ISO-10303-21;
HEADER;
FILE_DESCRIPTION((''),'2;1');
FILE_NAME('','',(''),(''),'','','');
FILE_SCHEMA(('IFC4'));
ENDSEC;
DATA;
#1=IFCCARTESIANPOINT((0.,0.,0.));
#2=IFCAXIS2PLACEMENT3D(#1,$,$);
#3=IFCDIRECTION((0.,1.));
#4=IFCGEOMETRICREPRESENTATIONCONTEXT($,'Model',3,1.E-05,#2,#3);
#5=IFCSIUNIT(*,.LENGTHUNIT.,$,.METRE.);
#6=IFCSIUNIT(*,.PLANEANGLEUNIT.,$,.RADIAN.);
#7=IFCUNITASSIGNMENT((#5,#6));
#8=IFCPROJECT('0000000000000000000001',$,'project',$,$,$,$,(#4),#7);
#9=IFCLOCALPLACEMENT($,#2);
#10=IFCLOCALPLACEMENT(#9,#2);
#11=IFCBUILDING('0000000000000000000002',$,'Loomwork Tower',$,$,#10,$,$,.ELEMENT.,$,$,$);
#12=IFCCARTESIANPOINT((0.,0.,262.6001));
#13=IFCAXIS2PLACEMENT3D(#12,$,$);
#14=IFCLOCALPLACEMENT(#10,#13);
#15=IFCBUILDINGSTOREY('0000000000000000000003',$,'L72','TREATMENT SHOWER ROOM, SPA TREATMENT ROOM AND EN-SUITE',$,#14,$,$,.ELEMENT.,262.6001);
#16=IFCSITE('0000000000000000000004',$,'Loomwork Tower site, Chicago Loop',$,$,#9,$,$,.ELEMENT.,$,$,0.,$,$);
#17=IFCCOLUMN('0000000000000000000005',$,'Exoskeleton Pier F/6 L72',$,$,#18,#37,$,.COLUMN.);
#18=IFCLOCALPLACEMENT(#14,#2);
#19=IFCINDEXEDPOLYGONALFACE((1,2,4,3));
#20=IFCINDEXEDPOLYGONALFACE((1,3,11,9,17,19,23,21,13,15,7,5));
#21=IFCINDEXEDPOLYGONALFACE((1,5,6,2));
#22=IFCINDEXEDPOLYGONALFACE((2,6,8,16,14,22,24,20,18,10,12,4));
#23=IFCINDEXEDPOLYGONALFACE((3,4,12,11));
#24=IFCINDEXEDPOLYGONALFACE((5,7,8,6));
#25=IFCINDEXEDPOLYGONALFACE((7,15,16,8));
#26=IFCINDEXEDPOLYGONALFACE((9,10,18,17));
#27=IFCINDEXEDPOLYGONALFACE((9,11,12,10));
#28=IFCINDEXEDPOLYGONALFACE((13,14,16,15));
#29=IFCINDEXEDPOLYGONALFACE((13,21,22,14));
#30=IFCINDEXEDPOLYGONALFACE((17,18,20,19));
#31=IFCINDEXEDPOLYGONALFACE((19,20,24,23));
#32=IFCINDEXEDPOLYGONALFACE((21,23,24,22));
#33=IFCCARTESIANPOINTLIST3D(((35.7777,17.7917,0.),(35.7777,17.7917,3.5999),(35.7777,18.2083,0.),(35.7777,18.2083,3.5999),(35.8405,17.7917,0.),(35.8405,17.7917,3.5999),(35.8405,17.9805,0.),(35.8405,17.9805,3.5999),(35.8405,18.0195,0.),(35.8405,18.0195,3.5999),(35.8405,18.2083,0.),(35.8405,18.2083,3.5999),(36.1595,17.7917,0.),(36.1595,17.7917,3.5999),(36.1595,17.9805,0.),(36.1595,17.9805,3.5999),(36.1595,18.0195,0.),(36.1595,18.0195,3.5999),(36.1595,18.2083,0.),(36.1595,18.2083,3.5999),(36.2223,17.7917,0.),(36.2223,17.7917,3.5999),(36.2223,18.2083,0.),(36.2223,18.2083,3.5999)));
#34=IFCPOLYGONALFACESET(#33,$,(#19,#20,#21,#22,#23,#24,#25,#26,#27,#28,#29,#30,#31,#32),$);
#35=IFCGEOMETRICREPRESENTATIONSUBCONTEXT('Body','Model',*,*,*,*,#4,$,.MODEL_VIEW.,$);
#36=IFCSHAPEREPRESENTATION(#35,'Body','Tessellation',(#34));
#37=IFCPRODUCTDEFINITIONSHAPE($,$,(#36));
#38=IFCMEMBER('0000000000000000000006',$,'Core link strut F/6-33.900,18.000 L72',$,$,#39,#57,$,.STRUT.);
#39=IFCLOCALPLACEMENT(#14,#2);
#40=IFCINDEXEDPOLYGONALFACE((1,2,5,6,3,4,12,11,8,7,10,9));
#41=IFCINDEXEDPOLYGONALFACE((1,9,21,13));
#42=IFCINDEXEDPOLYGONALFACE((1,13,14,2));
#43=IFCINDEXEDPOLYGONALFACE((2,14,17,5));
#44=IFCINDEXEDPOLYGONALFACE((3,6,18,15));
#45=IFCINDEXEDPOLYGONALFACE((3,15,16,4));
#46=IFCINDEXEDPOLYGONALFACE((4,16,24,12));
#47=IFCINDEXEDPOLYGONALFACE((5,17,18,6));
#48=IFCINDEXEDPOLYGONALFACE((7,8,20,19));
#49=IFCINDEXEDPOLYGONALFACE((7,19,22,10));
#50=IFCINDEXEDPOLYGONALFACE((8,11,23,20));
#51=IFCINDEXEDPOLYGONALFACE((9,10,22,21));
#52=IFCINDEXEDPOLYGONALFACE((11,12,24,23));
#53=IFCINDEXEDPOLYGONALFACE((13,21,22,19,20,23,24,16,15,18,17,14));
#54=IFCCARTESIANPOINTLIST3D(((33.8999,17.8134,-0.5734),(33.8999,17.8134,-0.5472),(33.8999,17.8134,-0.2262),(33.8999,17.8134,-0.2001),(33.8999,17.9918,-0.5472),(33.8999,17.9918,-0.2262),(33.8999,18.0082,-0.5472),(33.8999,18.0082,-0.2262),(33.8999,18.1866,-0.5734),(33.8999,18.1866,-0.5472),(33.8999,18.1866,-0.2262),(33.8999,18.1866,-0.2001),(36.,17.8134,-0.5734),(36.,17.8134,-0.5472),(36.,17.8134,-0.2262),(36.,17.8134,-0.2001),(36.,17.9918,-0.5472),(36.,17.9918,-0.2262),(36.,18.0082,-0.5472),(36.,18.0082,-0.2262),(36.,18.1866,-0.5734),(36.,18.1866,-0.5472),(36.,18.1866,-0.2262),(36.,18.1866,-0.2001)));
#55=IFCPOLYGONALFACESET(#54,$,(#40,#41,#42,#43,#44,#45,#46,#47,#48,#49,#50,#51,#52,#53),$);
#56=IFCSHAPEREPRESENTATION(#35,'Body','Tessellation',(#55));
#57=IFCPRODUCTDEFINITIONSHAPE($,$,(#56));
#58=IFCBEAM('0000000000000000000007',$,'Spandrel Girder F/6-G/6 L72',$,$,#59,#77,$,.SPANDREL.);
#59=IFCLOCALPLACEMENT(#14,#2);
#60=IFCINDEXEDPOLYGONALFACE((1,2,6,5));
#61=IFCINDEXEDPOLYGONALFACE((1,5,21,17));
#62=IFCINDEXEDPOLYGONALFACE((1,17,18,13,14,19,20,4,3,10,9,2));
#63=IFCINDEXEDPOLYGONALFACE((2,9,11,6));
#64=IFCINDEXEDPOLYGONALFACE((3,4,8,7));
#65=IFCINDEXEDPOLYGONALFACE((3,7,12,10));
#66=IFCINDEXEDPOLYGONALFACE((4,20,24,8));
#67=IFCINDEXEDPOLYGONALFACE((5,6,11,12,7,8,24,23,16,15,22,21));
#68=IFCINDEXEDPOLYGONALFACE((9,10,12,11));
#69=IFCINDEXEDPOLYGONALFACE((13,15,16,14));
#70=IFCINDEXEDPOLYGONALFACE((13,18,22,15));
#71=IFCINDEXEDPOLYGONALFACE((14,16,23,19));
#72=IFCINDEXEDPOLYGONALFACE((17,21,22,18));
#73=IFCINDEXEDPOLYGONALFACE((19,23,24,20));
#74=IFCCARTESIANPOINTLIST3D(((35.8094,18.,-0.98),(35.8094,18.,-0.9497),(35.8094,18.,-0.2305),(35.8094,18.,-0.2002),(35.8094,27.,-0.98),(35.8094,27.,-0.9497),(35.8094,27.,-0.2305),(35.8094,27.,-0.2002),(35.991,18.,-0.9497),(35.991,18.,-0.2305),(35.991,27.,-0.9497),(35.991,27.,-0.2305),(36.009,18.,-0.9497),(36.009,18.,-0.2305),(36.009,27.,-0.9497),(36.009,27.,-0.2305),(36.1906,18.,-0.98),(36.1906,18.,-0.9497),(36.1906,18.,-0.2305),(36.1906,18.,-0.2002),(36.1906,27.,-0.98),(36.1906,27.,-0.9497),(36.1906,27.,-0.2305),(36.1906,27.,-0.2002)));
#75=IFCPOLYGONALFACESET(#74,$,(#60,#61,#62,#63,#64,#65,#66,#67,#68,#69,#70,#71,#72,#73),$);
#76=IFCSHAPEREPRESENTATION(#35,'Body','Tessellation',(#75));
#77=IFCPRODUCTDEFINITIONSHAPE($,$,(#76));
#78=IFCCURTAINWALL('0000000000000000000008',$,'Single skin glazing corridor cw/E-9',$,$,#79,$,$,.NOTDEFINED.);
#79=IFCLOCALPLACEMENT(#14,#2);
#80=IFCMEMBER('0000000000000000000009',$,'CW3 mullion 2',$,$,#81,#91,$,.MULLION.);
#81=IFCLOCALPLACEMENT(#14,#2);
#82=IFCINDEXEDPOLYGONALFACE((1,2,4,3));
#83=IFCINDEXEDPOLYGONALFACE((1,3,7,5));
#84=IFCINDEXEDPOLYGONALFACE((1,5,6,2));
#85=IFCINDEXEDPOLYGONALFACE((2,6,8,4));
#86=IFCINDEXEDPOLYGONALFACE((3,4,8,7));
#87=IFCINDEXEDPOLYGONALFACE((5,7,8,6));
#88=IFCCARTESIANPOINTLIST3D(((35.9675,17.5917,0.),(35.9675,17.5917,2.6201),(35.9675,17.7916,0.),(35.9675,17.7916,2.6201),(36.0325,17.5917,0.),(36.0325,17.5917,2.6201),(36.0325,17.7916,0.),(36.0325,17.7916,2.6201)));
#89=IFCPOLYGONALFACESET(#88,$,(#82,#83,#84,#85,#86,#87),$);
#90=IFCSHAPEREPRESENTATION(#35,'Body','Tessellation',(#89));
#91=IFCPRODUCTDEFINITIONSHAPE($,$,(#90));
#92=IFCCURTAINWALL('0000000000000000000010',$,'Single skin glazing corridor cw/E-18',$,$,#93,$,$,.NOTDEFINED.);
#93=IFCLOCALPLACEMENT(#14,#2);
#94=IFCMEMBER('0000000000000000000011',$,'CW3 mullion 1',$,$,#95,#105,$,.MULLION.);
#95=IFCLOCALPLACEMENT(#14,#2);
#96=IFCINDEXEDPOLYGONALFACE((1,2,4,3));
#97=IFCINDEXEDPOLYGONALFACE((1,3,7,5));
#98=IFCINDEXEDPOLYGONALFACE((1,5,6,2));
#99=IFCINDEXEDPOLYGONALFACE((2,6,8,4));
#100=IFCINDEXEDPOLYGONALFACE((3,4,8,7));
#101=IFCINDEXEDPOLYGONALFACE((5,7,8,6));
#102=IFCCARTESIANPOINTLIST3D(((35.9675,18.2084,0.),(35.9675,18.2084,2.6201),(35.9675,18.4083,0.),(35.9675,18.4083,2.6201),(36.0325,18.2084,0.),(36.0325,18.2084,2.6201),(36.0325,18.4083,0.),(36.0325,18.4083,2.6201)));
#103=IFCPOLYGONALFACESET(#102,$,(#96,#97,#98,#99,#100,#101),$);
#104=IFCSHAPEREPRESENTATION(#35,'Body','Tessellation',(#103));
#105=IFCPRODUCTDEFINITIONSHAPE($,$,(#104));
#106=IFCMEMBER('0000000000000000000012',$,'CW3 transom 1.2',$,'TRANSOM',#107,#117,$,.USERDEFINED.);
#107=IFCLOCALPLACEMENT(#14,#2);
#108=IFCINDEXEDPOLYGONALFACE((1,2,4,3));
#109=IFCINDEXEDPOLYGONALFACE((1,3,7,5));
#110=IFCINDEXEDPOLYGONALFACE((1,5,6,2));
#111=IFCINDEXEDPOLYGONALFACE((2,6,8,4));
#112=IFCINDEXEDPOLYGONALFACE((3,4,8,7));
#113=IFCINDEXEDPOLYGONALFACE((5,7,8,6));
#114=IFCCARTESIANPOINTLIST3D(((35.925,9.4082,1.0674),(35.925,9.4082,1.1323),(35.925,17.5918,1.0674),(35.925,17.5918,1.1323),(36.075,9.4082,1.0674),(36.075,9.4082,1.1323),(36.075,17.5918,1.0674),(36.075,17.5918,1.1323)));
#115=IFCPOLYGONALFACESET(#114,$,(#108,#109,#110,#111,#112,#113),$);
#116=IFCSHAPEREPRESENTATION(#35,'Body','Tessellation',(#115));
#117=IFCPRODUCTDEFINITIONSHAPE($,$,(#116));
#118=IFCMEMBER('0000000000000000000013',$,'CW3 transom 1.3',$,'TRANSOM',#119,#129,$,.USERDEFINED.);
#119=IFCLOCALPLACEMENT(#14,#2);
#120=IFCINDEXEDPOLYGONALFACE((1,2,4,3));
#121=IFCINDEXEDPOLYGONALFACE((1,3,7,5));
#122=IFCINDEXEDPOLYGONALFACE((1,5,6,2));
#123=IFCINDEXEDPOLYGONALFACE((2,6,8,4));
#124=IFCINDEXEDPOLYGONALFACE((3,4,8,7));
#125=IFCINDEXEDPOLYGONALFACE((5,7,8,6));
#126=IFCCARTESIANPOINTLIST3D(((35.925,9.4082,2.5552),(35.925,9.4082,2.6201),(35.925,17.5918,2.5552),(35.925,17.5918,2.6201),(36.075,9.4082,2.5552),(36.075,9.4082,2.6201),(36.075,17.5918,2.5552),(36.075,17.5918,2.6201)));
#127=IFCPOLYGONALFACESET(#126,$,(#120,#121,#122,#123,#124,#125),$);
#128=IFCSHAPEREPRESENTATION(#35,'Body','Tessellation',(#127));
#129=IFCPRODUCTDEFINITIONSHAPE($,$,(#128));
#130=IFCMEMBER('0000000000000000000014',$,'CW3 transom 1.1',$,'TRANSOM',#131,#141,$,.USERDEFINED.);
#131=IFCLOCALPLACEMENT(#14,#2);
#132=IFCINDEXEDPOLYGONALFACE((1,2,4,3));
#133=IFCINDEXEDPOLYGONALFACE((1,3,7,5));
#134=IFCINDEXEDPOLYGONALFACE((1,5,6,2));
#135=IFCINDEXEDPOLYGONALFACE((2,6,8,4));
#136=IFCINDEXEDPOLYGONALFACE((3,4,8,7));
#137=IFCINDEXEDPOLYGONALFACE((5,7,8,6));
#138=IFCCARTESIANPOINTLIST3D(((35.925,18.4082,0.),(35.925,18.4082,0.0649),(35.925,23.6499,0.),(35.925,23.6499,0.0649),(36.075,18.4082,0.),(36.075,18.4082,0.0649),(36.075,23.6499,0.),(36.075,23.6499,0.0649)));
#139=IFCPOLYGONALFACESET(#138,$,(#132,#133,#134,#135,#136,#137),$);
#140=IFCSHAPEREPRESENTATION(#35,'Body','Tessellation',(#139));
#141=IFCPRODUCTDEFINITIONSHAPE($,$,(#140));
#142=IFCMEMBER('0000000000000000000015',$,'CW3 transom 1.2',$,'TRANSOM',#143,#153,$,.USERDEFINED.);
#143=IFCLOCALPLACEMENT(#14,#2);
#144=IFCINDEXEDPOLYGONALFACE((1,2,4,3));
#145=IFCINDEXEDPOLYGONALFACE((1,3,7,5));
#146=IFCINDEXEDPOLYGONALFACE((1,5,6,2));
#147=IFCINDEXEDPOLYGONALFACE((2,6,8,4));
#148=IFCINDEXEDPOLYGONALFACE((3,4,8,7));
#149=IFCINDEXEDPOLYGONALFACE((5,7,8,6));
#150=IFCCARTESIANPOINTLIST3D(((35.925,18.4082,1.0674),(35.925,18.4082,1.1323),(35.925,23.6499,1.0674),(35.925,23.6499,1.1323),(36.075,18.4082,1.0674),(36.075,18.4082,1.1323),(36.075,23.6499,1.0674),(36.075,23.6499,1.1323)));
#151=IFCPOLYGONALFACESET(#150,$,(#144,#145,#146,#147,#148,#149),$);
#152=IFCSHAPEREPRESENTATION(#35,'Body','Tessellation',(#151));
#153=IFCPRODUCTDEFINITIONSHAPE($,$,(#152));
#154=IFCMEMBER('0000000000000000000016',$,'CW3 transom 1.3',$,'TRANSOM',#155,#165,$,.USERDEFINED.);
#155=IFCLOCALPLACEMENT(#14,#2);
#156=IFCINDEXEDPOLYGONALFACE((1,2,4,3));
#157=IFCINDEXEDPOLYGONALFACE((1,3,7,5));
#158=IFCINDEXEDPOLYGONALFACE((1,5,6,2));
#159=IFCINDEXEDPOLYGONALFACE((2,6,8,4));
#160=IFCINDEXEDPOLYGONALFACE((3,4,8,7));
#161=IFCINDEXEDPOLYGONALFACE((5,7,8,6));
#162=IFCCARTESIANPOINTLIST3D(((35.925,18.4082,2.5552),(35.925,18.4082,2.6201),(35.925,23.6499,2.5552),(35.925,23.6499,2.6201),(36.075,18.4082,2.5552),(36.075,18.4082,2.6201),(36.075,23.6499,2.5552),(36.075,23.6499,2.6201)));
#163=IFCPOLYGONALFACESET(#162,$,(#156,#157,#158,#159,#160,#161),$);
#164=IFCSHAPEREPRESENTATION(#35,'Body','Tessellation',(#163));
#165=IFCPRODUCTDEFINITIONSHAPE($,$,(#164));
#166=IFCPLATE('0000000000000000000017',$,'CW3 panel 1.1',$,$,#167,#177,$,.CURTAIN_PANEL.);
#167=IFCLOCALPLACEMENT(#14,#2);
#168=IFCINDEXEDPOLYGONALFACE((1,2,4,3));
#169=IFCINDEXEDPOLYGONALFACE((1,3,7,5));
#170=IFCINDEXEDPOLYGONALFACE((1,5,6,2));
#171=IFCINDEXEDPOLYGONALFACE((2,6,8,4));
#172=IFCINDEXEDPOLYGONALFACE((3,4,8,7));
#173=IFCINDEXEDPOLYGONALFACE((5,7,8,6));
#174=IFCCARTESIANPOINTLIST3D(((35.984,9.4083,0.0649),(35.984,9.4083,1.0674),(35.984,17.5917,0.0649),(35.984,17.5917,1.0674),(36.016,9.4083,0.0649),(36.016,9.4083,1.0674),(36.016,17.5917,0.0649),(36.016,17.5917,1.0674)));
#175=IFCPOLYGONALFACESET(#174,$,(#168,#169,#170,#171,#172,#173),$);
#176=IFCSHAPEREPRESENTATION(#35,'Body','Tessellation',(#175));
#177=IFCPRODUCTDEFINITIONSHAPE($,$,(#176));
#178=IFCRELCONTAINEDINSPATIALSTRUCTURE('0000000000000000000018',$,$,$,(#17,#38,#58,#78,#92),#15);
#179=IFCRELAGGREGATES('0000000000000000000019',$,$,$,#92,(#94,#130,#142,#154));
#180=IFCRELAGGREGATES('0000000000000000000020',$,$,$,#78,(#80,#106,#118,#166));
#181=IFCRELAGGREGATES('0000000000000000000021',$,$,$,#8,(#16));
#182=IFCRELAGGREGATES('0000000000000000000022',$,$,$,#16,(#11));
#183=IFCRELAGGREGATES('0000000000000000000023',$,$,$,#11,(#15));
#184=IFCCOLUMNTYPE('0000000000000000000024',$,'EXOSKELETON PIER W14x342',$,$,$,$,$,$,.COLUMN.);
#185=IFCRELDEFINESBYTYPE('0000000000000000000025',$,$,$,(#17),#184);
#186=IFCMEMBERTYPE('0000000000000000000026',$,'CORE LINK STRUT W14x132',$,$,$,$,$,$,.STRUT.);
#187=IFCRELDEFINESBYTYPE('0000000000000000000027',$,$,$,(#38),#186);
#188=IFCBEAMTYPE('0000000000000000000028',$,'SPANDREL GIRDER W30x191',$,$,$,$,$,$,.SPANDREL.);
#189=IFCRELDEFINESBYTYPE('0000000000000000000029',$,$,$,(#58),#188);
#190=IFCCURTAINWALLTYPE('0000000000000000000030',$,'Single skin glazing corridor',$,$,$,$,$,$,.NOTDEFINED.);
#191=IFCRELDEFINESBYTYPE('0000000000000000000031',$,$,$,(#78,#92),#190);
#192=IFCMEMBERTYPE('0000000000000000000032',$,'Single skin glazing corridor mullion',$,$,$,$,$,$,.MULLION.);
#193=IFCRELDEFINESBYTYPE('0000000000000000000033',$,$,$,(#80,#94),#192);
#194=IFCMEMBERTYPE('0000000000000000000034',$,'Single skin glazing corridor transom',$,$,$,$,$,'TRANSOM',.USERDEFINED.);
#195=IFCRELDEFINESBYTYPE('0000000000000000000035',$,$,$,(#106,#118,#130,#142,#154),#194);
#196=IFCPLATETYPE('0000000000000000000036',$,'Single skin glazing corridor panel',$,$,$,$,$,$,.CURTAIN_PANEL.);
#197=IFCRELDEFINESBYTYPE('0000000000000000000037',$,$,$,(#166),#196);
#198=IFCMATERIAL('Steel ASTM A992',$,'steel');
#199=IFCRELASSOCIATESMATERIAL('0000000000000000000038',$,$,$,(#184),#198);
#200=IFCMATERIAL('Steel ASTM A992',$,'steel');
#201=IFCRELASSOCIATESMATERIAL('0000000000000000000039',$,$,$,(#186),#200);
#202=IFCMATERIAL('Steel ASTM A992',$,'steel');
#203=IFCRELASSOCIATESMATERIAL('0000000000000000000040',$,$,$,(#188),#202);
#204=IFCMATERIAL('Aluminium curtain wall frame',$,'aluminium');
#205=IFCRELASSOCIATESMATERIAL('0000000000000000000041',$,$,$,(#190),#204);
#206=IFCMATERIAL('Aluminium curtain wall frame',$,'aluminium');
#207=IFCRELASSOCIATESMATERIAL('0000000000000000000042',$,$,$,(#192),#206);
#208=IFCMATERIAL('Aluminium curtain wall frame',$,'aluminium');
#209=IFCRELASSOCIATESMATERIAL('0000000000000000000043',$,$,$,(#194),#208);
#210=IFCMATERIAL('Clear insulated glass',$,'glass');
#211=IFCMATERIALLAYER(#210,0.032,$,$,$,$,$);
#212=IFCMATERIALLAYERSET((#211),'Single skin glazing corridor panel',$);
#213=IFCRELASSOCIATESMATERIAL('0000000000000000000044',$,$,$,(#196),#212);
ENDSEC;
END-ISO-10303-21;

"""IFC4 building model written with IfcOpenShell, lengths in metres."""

from ifc_helpers import new_model, si_unit, direction, frame, origin, origin_2d, place, context, subcontext, project, spatial, rectangle, i_section, extrude, material, layer, layer_set, material_profile, profile_set, type_object, element, aggregate, save


model = new_model("IFC4")

# Units and contexts
model_context = context("Model", 3, precision=1e-05, world=origin(), true_north=direction((0.0, 1.0)))
body_context = subcontext(model_context, "Body", "Model", "MODEL_VIEW")
ifc_project = project(units=[si_unit("LENGTHUNIT", "METRE"), si_unit("PLANEANGLEUNIT", "RADIAN")], contexts=[model_context])

# Site, building, storey
site_placement = place(None, origin())
site = spatial("IfcSite", under=ifc_project, at=site_placement, Name="Loomwork Tower site, Chicago Loop", CompositionType="ELEMENT", RefElevation=0.0)
building_placement = place(site_placement, origin())
building = spatial("IfcBuilding", under=site, at=building_placement, Name="Loomwork Tower", CompositionType="ELEMENT")
storey_placement = place(building_placement, frame((0.0, 0.0, 262.6001)))
storey = spatial("IfcBuildingStorey", under=building, at=storey_placement, Name="L72", Description="TREATMENT SHOWER ROOM, SPA TREATMENT ROOM AND EN-SUITE", CompositionType="ELEMENT", Elevation=262.6001)

# Column
ifc_material_1 = material(Name="Steel ASTM A992", Category="steel")
ifc_material_profile_1 = material_profile(ifc_material_1, i_section(OverallWidth=0.4165, OverallDepth=0.4446, WebThickness=0.0391, FlangeThickness=0.0627, at=origin_2d()), Name="W14x342")
ifc_profile_set_1 = profile_set([ifc_material_profile_1], Name="Steel ASTM A992")
column_type = type_object("IfcColumnType", Name="EXOSKELETON PIER W14x342", PredefinedType="COLUMN", material=ifc_profile_set_1)
column_placement = place(storey_placement, frame((36.0, 18.0, 0.0), z_axis=(0.0, 0.0, 1.0), x_axis=(0.0, 1.0, 0.0)))
element("IfcColumn", 1, at=column_placement, inside=storey, type_object=column_type, Name="Exoskeleton Pier F/6 L72", PredefinedType="COLUMN", context=body_context, shape_type="SweptSolid", body=[
    extrude(i_section(OverallWidth=0.4165, OverallDepth=0.4446, WebThickness=0.0391, FlangeThickness=0.0627, at=origin_2d()), origin(), (0.0, 0.0, 1.0), 3.5999),
])

# Member
ifc_material_2 = material(Name="Steel ASTM A992", Category="steel")
ifc_material_profile_2 = material_profile(ifc_material_2, i_section(OverallWidth=0.3733, OverallDepth=0.3733, WebThickness=0.0164, FlangeThickness=0.0261, at=origin_2d()), Name="W14x132")
ifc_profile_set_2 = profile_set([ifc_material_profile_2], Name="Steel ASTM A992")
member_type_1 = type_object("IfcMemberType", Name="CORE LINK STRUT W14x132", PredefinedType="STRUT", material=ifc_profile_set_2)
member_1_placement = place(storey_placement, frame((36.0, 18.0, -0.3867), z_axis=(-1.0, 0.0, 0.0), x_axis=(0.0, -1.0, 0.0)))
element("IfcMember", 2, at=member_1_placement, inside=storey, type_object=member_type_1, Name="Core link strut F/6-33.900,18.000 L72", PredefinedType="STRUT", context=body_context, shape_type="SweptSolid", body=[
    extrude(i_section(OverallWidth=0.3733, OverallDepth=0.3733, WebThickness=0.0164, FlangeThickness=0.0261, at=origin_2d()), origin(), (0.0, 0.0, 1.0), 2.1001),
])

# Beam
ifc_material_3 = material(Name="Steel ASTM A992", Category="steel")
ifc_material_profile_3 = material_profile(ifc_material_3, i_section(OverallWidth=0.3811, OverallDepth=0.7798, WebThickness=0.0181, FlangeThickness=0.0303, at=origin_2d()), Name="W30x191")
ifc_profile_set_3 = profile_set([ifc_material_profile_3], Name="Steel ASTM A992")
beam_type = type_object("IfcBeamType", Name="SPANDREL GIRDER W30x191", PredefinedType="SPANDREL", material=ifc_profile_set_3)
beam_placement = place(storey_placement, frame((36.0, 18.0, -0.5901), z_axis=(0.0, 1.0, 0.0), x_axis=(-1.0, 0.0, 0.0)))
element("IfcBeam", 3, at=beam_placement, inside=storey, type_object=beam_type, Name="Spandrel Girder F/6-G/6 L72", PredefinedType="SPANDREL", context=body_context, shape_type="SweptSolid", body=[
    extrude(i_section(OverallWidth=0.3811, OverallDepth=0.7798, WebThickness=0.0181, FlangeThickness=0.0303, at=origin_2d()), origin(), (0.0, 0.0, 1.0), 9.0),
])

# Curtain walls, members
ifc_material_4 = material(Name="Aluminium curtain wall frame", Category="aluminium")
curtain_wall_type = type_object("IfcCurtainWallType", Name="Single skin glazing corridor", PredefinedType="NOTDEFINED", material=ifc_material_4)
curtain_wall_1_placement = place(storey_placement, origin())
curtain_wall_1 = element("IfcCurtainWall", 4, at=curtain_wall_1_placement, inside=storey, type_object=curtain_wall_type, Name="Single skin glazing corridor cw/E-9", PredefinedType="NOTDEFINED")
ifc_material_5 = material(Name="Aluminium curtain wall frame", Category="aluminium")
ifc_material_profile_4 = material_profile(ifc_material_5, rectangle(XDim=0.0649, YDim=0.2, at=origin_2d()), Name="AL 65x200")
ifc_profile_set_4 = profile_set([ifc_material_profile_4], Name="Aluminium curtain wall frame")
member_type_2 = type_object("IfcMemberType", Name="Single skin glazing corridor mullion", PredefinedType="MULLION", material=ifc_profile_set_4)
member_2_placement = place(storey_placement, frame((36.0, 17.6917, 0.0), z_axis=(0.0, 0.0, 1.0), x_axis=(-1.0, 0.0, 0.0)))
member_2 = element("IfcMember", 5, at=member_2_placement, type_object=member_type_2, Name="CW3 mullion 2", PredefinedType="MULLION", context=body_context, shape_type="SweptSolid", body=[
    extrude(rectangle(XDim=0.0649, YDim=0.2, at=origin_2d()), origin(), (0.0, 0.0, 1.0), 2.6201),
])
curtain_wall_2_placement = place(storey_placement, origin())
curtain_wall_2 = element("IfcCurtainWall", 6, at=curtain_wall_2_placement, inside=storey, type_object=curtain_wall_type, Name="Single skin glazing corridor cw/E-18", PredefinedType="NOTDEFINED")
member_3_placement = place(storey_placement, frame((36.0, 18.3083, 0.0), z_axis=(0.0, 0.0, 1.0), x_axis=(-1.0, 0.0, 0.0)))
member_3 = element("IfcMember", 7, at=member_3_placement, type_object=member_type_2, Name="CW3 mullion 1", PredefinedType="MULLION", context=body_context, shape_type="SweptSolid", body=[
    extrude(rectangle(XDim=0.0649, YDim=0.2, at=origin_2d()), origin(), (0.0, 0.0, 1.0), 2.6201),
])

# Members
ifc_material_6 = material(Name="Aluminium curtain wall frame", Category="aluminium")
ifc_material_profile_5 = material_profile(ifc_material_6, rectangle(XDim=0.1499, YDim=0.0649, at=origin_2d()), Name="AL 65x150")
ifc_profile_set_5 = profile_set([ifc_material_profile_5], Name="Aluminium curtain wall frame")
member_type_3 = type_object("IfcMemberType", Name="Single skin glazing corridor transom", ElementType="TRANSOM", PredefinedType="USERDEFINED", material=ifc_profile_set_5)
member_4_placement = place(storey_placement, frame((36.0, 9.4082, 1.0999), z_axis=(0.0, 1.0, 0.0), x_axis=(-1.0, 0.0, 0.0)))
member_4 = element("IfcMember", 8, at=member_4_placement, type_object=member_type_3, Name="CW3 transom 1.2", ObjectType="TRANSOM", PredefinedType="USERDEFINED", context=body_context, shape_type="SweptSolid", body=[
    extrude(rectangle(XDim=0.1499, YDim=0.0649, at=origin_2d()), origin(), (0.0, 0.0, 1.0), 8.1836),
])
member_5_placement = place(storey_placement, frame((36.0, 9.4082, 2.5876), z_axis=(0.0, 1.0, 0.0), x_axis=(-1.0, 0.0, 0.0)))
member_5 = element("IfcMember", 9, at=member_5_placement, type_object=member_type_3, Name="CW3 transom 1.3", ObjectType="TRANSOM", PredefinedType="USERDEFINED", context=body_context, shape_type="SweptSolid", body=[
    extrude(rectangle(XDim=0.1499, YDim=0.0649, at=origin_2d()), origin(), (0.0, 0.0, 1.0), 8.1836),
])
member_6_placement = place(storey_placement, frame((36.0, 18.4082, 0.0325), z_axis=(0.0, 1.0, 0.0), x_axis=(-1.0, 0.0, 0.0)))
member_6 = element("IfcMember", 10, at=member_6_placement, type_object=member_type_3, Name="CW3 transom 1.1", ObjectType="TRANSOM", PredefinedType="USERDEFINED", context=body_context, shape_type="SweptSolid", body=[
    extrude(rectangle(XDim=0.1499, YDim=0.0649, at=origin_2d()), origin(), (0.0, 0.0, 1.0), 5.2417),
])
member_7_placement = place(storey_placement, frame((36.0, 18.4082, 1.0999), z_axis=(0.0, 1.0, 0.0), x_axis=(-1.0, 0.0, 0.0)))
member_7 = element("IfcMember", 11, at=member_7_placement, type_object=member_type_3, Name="CW3 transom 1.2", ObjectType="TRANSOM", PredefinedType="USERDEFINED", context=body_context, shape_type="SweptSolid", body=[
    extrude(rectangle(XDim=0.1499, YDim=0.0649, at=origin_2d()), origin(), (0.0, 0.0, 1.0), 5.2417),
])
member_8_placement = place(storey_placement, frame((36.0, 18.4082, 2.5876), z_axis=(0.0, 1.0, 0.0), x_axis=(-1.0, 0.0, 0.0)))
member_8 = element("IfcMember", 12, at=member_8_placement, type_object=member_type_3, Name="CW3 transom 1.3", ObjectType="TRANSOM", PredefinedType="USERDEFINED", context=body_context, shape_type="SweptSolid", body=[
    extrude(rectangle(XDim=0.1499, YDim=0.0649, at=origin_2d()), origin(), (0.0, 0.0, 1.0), 5.2417),
])
aggregate(curtain_wall_2, [member_3, member_6, member_7, member_8])

# Plate
ifc_material_7 = material(Name="Clear insulated glass", Category="glass")
ifc_layer_1 = layer(ifc_material_7, 0.032)
ifc_layer_set_1 = layer_set([ifc_layer_1], Name="Single skin glazing corridor panel")
plate_type = type_object("IfcPlateType", Name="Single skin glazing corridor panel", PredefinedType="CURTAIN_PANEL", material=ifc_layer_set_1)
plate_1_placement = place(storey_placement, frame((36.0, 13.5, 0.0649), z_axis=(0.0, 0.0, 1.0), x_axis=(0.0, 1.0, 0.0)))
plate_1 = element("IfcPlate", 13, at=plate_1_placement, type_object=plate_type, Name="CW3 panel 1.1", PredefinedType="CURTAIN_PANEL", context=body_context, shape_type="SweptSolid", body=[
    extrude(rectangle(XDim=8.1833, YDim=0.032, at=origin_2d()), origin(), (0.0, 0.0, 1.0), 1.0024),
])
aggregate(curtain_wall_1, [member_2, member_4, member_5, plate_1])

save(model, "model.ifc")
